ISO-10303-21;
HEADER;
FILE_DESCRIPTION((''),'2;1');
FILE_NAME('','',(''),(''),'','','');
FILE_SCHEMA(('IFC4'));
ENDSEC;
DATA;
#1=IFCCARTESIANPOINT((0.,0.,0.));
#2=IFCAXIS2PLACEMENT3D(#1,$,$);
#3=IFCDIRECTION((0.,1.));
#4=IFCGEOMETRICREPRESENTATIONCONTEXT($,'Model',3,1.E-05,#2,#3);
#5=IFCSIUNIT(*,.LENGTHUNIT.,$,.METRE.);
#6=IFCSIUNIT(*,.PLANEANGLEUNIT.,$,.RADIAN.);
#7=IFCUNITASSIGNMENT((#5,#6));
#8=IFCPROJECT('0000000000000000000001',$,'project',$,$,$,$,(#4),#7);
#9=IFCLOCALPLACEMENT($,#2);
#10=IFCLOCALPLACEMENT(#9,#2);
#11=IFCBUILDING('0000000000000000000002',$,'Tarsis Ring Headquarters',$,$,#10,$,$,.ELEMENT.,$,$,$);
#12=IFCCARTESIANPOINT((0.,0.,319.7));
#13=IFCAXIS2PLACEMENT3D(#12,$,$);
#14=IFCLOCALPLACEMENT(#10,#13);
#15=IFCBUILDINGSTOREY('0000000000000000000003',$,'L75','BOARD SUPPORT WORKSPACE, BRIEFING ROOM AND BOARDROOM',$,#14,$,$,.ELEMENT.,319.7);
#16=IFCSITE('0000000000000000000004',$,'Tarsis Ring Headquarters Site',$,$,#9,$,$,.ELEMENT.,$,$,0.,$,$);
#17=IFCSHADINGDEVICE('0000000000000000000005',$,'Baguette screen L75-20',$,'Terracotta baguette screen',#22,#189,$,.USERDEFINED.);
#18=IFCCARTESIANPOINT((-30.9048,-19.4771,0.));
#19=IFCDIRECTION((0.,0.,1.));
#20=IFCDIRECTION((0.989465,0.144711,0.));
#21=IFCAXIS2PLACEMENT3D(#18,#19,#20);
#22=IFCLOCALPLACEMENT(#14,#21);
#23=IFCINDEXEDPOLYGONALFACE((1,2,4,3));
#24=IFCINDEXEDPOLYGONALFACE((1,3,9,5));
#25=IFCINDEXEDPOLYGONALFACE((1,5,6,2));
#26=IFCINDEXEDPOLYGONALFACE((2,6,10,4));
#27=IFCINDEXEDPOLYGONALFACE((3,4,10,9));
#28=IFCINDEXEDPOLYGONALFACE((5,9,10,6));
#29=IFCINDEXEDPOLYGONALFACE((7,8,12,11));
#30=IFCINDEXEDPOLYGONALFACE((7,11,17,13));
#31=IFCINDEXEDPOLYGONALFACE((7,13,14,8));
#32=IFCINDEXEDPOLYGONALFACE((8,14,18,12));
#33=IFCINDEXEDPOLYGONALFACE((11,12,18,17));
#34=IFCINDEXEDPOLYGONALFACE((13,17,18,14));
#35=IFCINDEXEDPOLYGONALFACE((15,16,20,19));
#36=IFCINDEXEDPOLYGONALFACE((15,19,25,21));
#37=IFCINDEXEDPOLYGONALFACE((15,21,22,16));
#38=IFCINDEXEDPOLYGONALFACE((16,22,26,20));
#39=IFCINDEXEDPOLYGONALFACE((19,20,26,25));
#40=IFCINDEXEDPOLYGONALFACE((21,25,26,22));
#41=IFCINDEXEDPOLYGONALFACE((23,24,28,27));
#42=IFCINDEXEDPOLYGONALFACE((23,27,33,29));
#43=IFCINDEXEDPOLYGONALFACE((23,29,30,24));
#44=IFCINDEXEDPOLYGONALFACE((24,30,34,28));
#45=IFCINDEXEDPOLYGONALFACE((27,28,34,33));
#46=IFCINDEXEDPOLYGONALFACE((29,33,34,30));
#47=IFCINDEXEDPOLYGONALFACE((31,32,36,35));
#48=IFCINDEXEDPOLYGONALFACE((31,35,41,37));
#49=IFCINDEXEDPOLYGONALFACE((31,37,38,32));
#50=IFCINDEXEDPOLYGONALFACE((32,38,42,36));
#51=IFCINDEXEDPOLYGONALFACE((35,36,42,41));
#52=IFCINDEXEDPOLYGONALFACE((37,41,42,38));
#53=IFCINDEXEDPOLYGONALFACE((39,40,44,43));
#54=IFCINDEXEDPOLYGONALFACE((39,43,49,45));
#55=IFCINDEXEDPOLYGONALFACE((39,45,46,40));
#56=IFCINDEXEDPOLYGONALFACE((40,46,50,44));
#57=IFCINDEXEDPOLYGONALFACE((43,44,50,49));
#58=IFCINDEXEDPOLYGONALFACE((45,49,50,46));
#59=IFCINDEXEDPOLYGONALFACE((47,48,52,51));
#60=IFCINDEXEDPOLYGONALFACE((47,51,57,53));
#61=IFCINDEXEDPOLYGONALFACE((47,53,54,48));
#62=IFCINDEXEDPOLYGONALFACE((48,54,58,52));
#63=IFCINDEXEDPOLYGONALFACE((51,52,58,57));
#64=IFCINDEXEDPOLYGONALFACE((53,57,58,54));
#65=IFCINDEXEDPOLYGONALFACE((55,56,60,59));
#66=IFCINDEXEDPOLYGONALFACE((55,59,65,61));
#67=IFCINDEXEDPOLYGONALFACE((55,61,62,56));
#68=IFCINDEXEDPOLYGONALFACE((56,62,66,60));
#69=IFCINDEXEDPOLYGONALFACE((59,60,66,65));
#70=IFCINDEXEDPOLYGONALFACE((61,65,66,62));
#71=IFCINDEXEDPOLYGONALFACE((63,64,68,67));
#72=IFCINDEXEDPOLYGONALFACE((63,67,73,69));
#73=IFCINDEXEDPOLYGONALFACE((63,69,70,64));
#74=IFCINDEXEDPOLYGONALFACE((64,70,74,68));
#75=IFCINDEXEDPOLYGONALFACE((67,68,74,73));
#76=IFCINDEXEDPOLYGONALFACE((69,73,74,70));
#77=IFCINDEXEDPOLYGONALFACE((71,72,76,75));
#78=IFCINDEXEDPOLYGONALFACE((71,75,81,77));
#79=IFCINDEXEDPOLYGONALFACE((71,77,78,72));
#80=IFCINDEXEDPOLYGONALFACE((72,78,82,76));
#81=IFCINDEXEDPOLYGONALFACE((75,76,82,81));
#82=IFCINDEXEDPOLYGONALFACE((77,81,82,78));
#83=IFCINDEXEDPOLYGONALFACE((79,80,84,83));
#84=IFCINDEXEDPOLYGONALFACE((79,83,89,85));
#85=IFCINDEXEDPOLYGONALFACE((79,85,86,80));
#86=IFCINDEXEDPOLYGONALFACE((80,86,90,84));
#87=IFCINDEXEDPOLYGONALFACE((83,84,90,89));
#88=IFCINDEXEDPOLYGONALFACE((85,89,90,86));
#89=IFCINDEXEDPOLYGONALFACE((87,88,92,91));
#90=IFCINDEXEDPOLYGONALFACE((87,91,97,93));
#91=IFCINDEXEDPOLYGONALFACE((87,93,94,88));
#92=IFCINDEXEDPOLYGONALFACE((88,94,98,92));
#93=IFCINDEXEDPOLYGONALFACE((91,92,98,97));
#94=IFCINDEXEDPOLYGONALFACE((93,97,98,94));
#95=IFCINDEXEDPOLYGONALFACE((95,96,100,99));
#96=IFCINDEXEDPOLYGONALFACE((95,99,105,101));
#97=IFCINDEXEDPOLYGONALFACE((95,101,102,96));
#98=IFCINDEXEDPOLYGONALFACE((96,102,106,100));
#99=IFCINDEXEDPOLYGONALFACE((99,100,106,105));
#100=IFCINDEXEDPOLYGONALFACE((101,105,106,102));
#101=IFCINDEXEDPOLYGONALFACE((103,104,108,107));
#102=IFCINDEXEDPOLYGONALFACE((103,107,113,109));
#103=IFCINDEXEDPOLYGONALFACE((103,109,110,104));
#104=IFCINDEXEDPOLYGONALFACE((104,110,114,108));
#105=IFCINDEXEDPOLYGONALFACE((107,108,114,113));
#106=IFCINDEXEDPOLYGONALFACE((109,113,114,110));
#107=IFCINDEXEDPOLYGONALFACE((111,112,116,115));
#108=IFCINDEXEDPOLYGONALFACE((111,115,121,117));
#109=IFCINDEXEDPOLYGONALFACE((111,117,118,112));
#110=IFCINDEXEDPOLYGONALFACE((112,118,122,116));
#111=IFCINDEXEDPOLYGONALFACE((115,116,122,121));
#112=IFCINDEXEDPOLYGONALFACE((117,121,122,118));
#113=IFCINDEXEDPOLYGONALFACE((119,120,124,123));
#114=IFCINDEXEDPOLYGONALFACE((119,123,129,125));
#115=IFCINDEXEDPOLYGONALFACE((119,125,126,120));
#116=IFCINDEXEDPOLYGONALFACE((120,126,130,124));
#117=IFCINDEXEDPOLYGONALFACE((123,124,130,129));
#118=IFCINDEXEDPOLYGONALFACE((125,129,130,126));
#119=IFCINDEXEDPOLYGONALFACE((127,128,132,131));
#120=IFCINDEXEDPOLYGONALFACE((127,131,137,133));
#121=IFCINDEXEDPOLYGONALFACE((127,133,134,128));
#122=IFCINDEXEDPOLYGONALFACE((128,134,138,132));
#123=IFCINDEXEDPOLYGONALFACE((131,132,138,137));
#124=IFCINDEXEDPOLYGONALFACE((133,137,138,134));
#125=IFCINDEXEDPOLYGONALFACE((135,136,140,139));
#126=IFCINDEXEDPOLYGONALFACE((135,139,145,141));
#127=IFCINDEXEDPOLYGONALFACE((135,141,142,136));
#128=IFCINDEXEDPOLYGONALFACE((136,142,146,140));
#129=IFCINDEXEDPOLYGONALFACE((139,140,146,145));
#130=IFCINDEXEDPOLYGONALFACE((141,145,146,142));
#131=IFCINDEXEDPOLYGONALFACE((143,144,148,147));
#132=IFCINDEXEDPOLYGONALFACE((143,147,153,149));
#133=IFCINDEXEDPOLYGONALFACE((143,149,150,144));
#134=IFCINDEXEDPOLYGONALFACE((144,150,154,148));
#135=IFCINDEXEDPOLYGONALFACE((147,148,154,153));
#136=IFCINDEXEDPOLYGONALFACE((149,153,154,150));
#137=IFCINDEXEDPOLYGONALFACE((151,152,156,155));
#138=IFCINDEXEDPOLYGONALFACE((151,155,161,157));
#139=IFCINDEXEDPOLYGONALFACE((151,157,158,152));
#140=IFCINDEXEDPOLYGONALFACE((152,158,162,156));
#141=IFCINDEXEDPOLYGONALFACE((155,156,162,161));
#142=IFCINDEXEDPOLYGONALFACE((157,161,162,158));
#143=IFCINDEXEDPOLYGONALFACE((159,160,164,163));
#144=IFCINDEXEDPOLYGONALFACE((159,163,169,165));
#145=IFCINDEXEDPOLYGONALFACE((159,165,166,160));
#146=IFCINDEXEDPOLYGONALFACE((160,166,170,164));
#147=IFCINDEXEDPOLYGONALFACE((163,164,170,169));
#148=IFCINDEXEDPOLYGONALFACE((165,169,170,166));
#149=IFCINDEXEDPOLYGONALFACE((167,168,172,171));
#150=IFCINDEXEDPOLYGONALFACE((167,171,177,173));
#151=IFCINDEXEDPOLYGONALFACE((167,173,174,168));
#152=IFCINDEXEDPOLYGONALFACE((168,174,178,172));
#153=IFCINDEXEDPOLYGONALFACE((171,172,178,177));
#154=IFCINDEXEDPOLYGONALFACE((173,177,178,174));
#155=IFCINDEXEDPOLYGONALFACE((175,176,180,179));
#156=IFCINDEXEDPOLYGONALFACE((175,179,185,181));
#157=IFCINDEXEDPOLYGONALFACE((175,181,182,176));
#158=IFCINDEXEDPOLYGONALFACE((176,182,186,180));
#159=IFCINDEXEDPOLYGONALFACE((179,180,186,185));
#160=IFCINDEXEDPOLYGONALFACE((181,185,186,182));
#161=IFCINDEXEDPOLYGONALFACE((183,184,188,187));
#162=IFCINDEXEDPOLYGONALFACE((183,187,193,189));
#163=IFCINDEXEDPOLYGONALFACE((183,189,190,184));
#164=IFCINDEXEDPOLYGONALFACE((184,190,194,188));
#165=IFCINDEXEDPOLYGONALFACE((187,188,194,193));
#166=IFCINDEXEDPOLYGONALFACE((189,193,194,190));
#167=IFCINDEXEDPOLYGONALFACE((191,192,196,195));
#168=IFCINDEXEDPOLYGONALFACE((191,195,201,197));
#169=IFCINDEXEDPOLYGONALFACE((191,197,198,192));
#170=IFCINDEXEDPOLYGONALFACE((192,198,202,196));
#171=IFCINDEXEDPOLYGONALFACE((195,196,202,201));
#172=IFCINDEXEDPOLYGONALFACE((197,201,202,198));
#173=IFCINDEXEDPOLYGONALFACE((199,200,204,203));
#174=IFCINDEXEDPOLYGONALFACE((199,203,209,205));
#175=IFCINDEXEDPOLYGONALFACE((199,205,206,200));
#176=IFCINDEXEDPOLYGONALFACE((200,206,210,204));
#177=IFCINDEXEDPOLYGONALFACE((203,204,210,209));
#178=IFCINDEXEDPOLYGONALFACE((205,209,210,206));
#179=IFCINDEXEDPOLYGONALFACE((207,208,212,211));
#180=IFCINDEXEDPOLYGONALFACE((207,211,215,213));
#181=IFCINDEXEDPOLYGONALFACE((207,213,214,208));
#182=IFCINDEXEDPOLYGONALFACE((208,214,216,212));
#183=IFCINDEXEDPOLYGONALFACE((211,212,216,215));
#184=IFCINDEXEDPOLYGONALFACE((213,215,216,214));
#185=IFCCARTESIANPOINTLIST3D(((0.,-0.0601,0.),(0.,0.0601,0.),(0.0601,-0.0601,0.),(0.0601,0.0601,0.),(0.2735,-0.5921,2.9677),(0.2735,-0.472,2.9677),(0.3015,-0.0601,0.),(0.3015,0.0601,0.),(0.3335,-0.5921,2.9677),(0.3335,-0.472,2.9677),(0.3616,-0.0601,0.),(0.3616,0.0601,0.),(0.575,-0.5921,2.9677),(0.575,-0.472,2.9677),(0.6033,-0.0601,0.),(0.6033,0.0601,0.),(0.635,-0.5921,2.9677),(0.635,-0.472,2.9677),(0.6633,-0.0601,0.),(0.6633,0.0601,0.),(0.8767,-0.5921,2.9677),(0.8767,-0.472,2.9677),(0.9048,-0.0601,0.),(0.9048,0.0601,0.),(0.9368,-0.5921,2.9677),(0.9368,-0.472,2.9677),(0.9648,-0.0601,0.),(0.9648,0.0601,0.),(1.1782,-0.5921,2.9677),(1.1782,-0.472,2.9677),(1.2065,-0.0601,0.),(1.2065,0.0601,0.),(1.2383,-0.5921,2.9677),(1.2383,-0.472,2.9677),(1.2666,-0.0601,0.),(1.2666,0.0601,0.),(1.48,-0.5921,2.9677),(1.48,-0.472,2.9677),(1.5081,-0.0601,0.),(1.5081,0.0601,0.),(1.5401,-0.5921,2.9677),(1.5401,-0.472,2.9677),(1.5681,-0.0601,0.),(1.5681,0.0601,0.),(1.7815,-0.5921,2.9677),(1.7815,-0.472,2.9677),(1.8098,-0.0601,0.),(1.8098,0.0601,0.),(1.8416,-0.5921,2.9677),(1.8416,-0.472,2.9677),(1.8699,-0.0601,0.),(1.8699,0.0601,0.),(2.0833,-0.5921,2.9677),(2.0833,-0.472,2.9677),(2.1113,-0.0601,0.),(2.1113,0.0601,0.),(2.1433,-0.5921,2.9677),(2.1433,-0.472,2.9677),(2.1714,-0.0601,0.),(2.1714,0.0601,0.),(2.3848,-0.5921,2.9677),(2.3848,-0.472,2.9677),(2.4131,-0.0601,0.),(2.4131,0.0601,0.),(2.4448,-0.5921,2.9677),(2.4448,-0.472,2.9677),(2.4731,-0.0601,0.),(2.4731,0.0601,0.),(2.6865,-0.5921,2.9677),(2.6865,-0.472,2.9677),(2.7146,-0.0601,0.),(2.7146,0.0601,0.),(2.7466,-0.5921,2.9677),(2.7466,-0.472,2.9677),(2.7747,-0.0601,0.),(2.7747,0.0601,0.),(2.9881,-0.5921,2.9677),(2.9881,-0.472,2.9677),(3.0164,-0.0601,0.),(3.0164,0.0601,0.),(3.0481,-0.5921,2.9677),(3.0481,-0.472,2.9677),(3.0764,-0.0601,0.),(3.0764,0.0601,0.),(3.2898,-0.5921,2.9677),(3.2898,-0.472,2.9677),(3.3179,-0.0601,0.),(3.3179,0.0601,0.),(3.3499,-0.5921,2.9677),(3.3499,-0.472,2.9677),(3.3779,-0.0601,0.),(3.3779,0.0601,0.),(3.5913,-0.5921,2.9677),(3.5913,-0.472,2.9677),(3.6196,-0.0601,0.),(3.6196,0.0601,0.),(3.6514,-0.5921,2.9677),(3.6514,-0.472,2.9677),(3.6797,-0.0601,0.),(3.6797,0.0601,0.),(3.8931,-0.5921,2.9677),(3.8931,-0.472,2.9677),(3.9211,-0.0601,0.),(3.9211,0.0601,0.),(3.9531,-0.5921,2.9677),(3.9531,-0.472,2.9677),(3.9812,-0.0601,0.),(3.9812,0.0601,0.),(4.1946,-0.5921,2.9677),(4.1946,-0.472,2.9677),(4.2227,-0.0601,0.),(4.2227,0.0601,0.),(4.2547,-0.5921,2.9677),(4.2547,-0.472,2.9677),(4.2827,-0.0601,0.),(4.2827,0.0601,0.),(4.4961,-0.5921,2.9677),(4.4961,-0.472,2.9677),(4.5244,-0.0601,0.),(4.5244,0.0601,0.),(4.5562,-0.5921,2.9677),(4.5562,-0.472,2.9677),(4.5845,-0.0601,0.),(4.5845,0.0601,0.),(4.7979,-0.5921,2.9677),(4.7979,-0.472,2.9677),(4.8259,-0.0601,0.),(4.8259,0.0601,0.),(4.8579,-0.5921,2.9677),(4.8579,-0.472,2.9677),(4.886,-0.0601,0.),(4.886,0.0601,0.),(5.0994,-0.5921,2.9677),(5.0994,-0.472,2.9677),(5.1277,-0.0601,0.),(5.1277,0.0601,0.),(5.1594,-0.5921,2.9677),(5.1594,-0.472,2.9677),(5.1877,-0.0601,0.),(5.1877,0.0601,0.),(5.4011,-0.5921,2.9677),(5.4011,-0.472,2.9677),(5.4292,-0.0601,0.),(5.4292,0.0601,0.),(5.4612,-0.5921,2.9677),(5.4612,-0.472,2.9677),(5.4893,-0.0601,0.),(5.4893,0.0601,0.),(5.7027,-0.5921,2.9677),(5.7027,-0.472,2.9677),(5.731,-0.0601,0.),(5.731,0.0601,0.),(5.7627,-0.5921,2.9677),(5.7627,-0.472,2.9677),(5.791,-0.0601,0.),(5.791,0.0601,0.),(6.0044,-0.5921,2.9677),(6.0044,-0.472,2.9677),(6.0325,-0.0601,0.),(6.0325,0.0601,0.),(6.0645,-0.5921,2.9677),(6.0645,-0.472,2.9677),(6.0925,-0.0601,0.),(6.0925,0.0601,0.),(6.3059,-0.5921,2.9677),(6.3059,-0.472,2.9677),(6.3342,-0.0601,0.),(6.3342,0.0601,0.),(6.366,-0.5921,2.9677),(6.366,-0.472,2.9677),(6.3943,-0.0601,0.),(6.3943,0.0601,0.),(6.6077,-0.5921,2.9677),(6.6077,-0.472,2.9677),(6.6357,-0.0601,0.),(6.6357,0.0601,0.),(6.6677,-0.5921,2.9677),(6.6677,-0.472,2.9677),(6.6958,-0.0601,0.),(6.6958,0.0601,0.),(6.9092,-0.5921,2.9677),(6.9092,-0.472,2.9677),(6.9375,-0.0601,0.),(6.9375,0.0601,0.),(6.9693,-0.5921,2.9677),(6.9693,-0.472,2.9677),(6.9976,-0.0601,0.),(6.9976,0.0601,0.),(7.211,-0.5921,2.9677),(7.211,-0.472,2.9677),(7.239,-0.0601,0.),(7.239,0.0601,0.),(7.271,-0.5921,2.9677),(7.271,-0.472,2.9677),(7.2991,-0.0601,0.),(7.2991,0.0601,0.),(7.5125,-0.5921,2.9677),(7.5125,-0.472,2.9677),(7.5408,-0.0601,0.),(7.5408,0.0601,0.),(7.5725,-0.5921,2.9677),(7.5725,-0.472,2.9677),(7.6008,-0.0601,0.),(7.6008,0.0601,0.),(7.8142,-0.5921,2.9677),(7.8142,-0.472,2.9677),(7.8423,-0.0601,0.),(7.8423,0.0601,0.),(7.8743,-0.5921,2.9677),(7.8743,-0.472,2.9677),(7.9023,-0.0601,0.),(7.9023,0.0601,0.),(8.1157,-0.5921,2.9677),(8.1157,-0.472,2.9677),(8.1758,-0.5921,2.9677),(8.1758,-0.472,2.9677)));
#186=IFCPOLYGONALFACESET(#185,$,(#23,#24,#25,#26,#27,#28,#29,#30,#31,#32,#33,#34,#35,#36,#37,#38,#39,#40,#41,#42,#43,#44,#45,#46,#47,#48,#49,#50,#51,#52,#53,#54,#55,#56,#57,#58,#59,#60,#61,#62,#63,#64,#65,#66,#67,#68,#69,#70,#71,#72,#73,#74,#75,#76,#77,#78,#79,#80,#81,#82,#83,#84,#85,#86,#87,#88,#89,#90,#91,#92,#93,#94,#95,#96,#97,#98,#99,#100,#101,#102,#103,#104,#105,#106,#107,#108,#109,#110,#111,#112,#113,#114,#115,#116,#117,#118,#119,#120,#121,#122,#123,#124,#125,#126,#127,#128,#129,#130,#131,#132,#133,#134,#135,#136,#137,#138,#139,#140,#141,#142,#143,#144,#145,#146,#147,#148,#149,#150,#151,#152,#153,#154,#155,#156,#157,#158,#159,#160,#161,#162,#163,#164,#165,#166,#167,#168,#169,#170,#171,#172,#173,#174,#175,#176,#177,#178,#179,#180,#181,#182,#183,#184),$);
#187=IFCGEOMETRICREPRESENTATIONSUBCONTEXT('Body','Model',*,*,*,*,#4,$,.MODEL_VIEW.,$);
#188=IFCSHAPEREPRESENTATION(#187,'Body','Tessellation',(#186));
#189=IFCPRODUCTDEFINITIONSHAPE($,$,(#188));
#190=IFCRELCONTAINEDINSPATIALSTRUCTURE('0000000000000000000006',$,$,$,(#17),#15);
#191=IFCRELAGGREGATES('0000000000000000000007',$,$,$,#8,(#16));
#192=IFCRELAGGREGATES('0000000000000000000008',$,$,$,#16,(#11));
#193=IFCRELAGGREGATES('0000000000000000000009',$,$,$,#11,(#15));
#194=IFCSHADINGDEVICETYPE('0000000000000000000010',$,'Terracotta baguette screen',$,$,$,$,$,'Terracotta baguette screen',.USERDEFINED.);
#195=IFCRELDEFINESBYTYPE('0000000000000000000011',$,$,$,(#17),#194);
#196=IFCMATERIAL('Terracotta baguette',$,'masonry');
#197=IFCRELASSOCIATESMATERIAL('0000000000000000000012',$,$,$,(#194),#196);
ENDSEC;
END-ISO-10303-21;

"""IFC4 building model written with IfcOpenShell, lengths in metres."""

from ifc_helpers import new_model, si_unit, direction, frame, frame_2d, origin, place, context, subcontext, project, spatial, rectangle, composite_profile, extrude, material, type_object, element, save


model = new_model("IFC4")

# Units and contexts
model_context = context("Model", 3, precision=1e-05, world=origin(), true_north=direction((0.0, 1.0)))
body_context = subcontext(model_context, "Body", "Model", "MODEL_VIEW")
ifc_project = project(units=[si_unit("LENGTHUNIT", "METRE"), si_unit("PLANEANGLEUNIT", "RADIAN")], contexts=[model_context])

# Site, building, storey
site_placement = place(None, origin())
site = spatial("IfcSite", under=ifc_project, at=site_placement, Name="Tarsis Ring Headquarters Site", CompositionType="ELEMENT", RefElevation=0.0)
building_placement = place(site_placement, origin())
building = spatial("IfcBuilding", under=site, at=building_placement, Name="Tarsis Ring Headquarters", CompositionType="ELEMENT")
storey_placement = place(building_placement, frame((0.0, 0.0, 319.7)))
storey = spatial("IfcBuildingStorey", under=building, at=storey_placement, Name="L75", Description="BOARD SUPPORT WORKSPACE, BRIEFING ROOM AND BOARDROOM", CompositionType="ELEMENT", Elevation=319.7)

# Shading device
ifc_material_1 = material(Name="Terracotta baguette", Category="masonry")
shading_device_type = type_object("IfcShadingDeviceType", Name="Terracotta baguette screen", ElementType="Terracotta baguette screen", PredefinedType="USERDEFINED", material=ifc_material_1)
shading_device_1_placement = place(storey_placement, frame((-30.9048, -19.4771, 0.0), z_axis=(0.0, 0.0, 1.0), x_axis=(0.989465, 0.144711, 0.0)))
element("IfcShadingDevice", 1, at=shading_device_1_placement, inside=storey, type_object=shading_device_type, Name="Baguette screen L75-20", ObjectType="Terracotta baguette screen", PredefinedType="USERDEFINED", context=body_context, shape_type="SweptSolid", body=[
    extrude(composite_profile([rectangle(XDim=0.0601, YDim=0.1201, at=frame_2d((0.03, 0.0))), rectangle(XDim=0.0601, YDim=0.1201, at=frame_2d((0.3315, 0.0))), rectangle(XDim=0.0601, YDim=0.1201, at=frame_2d((0.6333, 0.0))), rectangle(XDim=0.0601, YDim=0.1201, at=frame_2d((0.9348, 0.0))), rectangle(XDim=0.0601, YDim=0.1201, at=frame_2d((1.2366, 0.0))), rectangle(XDim=0.0601, YDim=0.1201, at=frame_2d((1.5381, 0.0))), rectangle(XDim=0.0601, YDim=0.1201, at=frame_2d((1.8398, 0.0))), rectangle(XDim=0.0601, YDim=0.1201, at=frame_2d((2.1414, 0.0))), rectangle(XDim=0.0601, YDim=0.1201, at=frame_2d((2.4431, 0.0))), rectangle(XDim=0.0601, YDim=0.1201, at=frame_2d((2.7446, 0.0))), rectangle(XDim=0.0601, YDim=0.1201, at=frame_2d((3.0464, 0.0))), rectangle(XDim=0.0601, YDim=0.1201, at=frame_2d((3.3479, 0.0))), rectangle(XDim=0.0601, YDim=0.1201, at=frame_2d((3.6497, 0.0))), rectangle(XDim=0.0601, YDim=0.1201, at=frame_2d((3.9512, 0.0))), rectangle(XDim=0.0601, YDim=0.1201, at=frame_2d((4.2527, 0.0))), rectangle(XDim=0.0601, YDim=0.1201, at=frame_2d((4.5544, 0.0))), rectangle(XDim=0.0601, YDim=0.1201, at=frame_2d((4.856, 0.0))), rectangle(XDim=0.0601, YDim=0.1201, at=frame_2d((5.1577, 0.0))), rectangle(XDim=0.0601, YDim=0.1201, at=frame_2d((5.4592, 0.0))), rectangle(XDim=0.0601, YDim=0.1201, at=frame_2d((5.761, 0.0))), rectangle(XDim=0.0601, YDim=0.1201, at=frame_2d((6.0625, 0.0))), rectangle(XDim=0.0601, YDim=0.1201, at=frame_2d((6.3643, 0.0))), rectangle(XDim=0.0601, YDim=0.1201, at=frame_2d((6.6658, 0.0))), rectangle(XDim=0.0601, YDim=0.1201, at=frame_2d((6.9675, 0.0))), rectangle(XDim=0.0601, YDim=0.1201, at=frame_2d((7.269, 0.0))), rectangle(XDim=0.0601, YDim=0.1201, at=frame_2d((7.5708, 0.0))), rectangle(XDim=0.0601, YDim=0.1201, at=frame_2d((7.8723, 0.0)))]), origin(), (0.09033, -0.175734, 0.980285), 3.0273),
])

save(model, "model.ifc")
